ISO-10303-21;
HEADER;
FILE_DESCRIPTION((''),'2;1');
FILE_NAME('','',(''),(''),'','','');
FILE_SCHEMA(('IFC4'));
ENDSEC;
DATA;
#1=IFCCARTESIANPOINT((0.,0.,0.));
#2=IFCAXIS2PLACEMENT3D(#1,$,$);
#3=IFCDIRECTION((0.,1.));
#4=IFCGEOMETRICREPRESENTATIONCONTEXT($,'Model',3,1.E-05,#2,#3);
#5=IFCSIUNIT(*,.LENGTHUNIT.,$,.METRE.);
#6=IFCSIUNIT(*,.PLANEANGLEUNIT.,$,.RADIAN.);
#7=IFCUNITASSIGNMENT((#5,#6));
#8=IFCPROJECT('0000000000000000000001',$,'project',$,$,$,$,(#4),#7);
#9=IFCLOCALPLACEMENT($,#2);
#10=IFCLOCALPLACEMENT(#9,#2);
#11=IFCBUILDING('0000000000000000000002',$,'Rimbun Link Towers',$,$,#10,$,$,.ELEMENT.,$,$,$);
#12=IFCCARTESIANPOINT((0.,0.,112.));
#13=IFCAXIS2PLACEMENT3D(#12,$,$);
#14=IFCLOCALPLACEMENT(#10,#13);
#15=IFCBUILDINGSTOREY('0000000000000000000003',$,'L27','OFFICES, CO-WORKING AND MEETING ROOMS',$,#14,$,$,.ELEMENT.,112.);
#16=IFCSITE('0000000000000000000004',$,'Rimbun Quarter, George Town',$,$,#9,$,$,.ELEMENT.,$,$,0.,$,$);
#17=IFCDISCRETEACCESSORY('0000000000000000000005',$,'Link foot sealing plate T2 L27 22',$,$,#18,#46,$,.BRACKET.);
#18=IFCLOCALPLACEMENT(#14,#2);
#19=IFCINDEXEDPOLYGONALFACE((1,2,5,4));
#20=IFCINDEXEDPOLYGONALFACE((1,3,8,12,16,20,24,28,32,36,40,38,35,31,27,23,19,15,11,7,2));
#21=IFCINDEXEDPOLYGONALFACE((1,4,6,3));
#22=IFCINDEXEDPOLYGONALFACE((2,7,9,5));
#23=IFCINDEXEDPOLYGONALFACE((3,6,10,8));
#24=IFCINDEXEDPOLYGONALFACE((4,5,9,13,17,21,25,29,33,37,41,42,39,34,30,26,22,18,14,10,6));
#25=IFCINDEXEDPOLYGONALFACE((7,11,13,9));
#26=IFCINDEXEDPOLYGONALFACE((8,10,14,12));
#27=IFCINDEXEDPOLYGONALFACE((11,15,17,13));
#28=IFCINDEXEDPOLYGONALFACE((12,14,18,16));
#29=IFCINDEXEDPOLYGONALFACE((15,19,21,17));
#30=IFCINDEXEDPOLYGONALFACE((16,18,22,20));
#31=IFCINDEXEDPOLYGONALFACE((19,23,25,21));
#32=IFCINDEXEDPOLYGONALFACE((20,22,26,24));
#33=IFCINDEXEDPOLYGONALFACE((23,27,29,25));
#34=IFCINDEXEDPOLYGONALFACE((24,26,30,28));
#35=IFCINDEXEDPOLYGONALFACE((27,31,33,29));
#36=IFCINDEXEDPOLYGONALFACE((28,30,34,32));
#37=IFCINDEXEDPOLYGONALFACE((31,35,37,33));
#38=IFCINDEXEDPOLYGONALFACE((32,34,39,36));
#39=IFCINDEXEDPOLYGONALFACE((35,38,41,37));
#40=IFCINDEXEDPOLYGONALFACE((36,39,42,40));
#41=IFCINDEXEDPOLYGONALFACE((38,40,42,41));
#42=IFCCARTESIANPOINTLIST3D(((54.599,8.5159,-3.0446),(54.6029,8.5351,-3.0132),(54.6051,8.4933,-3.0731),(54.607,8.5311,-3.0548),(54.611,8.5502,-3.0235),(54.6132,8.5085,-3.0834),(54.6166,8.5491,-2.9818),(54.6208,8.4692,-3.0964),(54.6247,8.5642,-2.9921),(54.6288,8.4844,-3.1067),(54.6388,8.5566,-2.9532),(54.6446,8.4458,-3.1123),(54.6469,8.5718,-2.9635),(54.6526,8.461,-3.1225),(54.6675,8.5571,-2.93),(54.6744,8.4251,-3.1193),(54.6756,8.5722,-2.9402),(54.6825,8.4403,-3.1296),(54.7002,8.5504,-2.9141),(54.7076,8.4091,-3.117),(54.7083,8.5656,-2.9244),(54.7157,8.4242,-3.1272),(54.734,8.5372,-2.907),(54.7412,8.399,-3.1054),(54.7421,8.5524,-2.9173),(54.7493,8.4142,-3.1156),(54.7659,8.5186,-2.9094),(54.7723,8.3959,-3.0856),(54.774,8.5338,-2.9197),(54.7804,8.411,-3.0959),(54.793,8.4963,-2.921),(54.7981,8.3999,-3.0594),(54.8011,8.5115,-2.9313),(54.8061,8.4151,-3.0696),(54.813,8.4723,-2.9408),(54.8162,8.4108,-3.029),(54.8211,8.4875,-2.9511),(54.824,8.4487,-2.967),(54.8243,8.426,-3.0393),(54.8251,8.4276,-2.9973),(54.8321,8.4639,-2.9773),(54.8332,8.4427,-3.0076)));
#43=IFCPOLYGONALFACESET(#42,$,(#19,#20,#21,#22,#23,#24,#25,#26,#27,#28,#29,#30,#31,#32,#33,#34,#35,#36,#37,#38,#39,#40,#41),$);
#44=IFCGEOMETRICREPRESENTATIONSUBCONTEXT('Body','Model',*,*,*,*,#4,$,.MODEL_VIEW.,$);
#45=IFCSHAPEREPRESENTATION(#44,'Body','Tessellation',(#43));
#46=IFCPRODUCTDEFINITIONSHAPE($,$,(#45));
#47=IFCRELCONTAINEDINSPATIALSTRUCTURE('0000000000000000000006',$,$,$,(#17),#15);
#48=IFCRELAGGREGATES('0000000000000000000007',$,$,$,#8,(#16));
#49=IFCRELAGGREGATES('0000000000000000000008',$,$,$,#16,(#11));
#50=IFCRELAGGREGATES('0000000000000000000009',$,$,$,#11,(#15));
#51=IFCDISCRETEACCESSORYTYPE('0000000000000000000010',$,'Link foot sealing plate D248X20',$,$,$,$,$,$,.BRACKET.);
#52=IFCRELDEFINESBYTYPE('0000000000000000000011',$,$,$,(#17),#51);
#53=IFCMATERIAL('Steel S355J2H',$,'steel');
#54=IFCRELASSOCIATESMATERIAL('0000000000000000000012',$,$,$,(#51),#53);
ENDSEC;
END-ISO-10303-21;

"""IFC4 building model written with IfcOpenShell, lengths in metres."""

from ifc_helpers import new_model, si_unit, direction, frame, origin, origin_2d, place, context, subcontext, project, spatial, circle, extrude, material, material_profile, profile_set, type_object, element, save


model = new_model("IFC4")

# Units and contexts
model_context = context("Model", 3, precision=1e-05, world=origin(), true_north=direction((0.0, 1.0)))
body_context = subcontext(model_context, "Body", "Model", "MODEL_VIEW")
ifc_project = project(units=[si_unit("LENGTHUNIT", "METRE"), si_unit("PLANEANGLEUNIT", "RADIAN")], contexts=[model_context])

# Site, building, storey
site_placement = place(None, origin())
site = spatial("IfcSite", under=ifc_project, at=site_placement, Name="Rimbun Quarter, George Town", CompositionType="ELEMENT", RefElevation=0.0)
building_placement = place(site_placement, origin())
building = spatial("IfcBuilding", under=site, at=building_placement, Name="Rimbun Link Towers", CompositionType="ELEMENT")
storey_placement = place(building_placement, frame((0.0, 0.0, 112.0)))
storey = spatial("IfcBuildingStorey", under=building, at=storey_placement, Name="L27", Description="OFFICES, CO-WORKING AND MEETING ROOMS", CompositionType="ELEMENT", Elevation=112.0)

# Discrete accessory
ifc_material_1 = material(Name="Steel S355J2H", Category="steel")
ifc_material_profile_1 = material_profile(ifc_material_1, circle(Radius=0.124, at=origin_2d()), Name="PL D248")
ifc_profile_set_1 = profile_set([ifc_material_profile_1], Name="Steel S355J2H")
discrete_accessory_type = type_object("IfcDiscreteAccessoryType", Name="Link foot sealing plate D248X20", PredefinedType="BRACKET", material=ifc_profile_set_1)
discrete_accessory_placement = place(storey_placement, frame((54.7124, 8.4768, -3.0132), z_axis=(0.403249, 0.75762, -0.513227), x_axis=(-0.882747, 0.469849, 0.0)))
element("IfcDiscreteAccessory", 1, at=discrete_accessory_placement, inside=storey, type_object=discrete_accessory_type, Name="Link foot sealing plate T2 L27 22", PredefinedType="BRACKET", context=body_context, shape_type="SweptSolid", body=[
    extrude(circle(Radius=0.124, at=origin_2d()), origin(), (0.0, 0.0, 1.0), 0.02),
])

save(model, "model.ifc")
